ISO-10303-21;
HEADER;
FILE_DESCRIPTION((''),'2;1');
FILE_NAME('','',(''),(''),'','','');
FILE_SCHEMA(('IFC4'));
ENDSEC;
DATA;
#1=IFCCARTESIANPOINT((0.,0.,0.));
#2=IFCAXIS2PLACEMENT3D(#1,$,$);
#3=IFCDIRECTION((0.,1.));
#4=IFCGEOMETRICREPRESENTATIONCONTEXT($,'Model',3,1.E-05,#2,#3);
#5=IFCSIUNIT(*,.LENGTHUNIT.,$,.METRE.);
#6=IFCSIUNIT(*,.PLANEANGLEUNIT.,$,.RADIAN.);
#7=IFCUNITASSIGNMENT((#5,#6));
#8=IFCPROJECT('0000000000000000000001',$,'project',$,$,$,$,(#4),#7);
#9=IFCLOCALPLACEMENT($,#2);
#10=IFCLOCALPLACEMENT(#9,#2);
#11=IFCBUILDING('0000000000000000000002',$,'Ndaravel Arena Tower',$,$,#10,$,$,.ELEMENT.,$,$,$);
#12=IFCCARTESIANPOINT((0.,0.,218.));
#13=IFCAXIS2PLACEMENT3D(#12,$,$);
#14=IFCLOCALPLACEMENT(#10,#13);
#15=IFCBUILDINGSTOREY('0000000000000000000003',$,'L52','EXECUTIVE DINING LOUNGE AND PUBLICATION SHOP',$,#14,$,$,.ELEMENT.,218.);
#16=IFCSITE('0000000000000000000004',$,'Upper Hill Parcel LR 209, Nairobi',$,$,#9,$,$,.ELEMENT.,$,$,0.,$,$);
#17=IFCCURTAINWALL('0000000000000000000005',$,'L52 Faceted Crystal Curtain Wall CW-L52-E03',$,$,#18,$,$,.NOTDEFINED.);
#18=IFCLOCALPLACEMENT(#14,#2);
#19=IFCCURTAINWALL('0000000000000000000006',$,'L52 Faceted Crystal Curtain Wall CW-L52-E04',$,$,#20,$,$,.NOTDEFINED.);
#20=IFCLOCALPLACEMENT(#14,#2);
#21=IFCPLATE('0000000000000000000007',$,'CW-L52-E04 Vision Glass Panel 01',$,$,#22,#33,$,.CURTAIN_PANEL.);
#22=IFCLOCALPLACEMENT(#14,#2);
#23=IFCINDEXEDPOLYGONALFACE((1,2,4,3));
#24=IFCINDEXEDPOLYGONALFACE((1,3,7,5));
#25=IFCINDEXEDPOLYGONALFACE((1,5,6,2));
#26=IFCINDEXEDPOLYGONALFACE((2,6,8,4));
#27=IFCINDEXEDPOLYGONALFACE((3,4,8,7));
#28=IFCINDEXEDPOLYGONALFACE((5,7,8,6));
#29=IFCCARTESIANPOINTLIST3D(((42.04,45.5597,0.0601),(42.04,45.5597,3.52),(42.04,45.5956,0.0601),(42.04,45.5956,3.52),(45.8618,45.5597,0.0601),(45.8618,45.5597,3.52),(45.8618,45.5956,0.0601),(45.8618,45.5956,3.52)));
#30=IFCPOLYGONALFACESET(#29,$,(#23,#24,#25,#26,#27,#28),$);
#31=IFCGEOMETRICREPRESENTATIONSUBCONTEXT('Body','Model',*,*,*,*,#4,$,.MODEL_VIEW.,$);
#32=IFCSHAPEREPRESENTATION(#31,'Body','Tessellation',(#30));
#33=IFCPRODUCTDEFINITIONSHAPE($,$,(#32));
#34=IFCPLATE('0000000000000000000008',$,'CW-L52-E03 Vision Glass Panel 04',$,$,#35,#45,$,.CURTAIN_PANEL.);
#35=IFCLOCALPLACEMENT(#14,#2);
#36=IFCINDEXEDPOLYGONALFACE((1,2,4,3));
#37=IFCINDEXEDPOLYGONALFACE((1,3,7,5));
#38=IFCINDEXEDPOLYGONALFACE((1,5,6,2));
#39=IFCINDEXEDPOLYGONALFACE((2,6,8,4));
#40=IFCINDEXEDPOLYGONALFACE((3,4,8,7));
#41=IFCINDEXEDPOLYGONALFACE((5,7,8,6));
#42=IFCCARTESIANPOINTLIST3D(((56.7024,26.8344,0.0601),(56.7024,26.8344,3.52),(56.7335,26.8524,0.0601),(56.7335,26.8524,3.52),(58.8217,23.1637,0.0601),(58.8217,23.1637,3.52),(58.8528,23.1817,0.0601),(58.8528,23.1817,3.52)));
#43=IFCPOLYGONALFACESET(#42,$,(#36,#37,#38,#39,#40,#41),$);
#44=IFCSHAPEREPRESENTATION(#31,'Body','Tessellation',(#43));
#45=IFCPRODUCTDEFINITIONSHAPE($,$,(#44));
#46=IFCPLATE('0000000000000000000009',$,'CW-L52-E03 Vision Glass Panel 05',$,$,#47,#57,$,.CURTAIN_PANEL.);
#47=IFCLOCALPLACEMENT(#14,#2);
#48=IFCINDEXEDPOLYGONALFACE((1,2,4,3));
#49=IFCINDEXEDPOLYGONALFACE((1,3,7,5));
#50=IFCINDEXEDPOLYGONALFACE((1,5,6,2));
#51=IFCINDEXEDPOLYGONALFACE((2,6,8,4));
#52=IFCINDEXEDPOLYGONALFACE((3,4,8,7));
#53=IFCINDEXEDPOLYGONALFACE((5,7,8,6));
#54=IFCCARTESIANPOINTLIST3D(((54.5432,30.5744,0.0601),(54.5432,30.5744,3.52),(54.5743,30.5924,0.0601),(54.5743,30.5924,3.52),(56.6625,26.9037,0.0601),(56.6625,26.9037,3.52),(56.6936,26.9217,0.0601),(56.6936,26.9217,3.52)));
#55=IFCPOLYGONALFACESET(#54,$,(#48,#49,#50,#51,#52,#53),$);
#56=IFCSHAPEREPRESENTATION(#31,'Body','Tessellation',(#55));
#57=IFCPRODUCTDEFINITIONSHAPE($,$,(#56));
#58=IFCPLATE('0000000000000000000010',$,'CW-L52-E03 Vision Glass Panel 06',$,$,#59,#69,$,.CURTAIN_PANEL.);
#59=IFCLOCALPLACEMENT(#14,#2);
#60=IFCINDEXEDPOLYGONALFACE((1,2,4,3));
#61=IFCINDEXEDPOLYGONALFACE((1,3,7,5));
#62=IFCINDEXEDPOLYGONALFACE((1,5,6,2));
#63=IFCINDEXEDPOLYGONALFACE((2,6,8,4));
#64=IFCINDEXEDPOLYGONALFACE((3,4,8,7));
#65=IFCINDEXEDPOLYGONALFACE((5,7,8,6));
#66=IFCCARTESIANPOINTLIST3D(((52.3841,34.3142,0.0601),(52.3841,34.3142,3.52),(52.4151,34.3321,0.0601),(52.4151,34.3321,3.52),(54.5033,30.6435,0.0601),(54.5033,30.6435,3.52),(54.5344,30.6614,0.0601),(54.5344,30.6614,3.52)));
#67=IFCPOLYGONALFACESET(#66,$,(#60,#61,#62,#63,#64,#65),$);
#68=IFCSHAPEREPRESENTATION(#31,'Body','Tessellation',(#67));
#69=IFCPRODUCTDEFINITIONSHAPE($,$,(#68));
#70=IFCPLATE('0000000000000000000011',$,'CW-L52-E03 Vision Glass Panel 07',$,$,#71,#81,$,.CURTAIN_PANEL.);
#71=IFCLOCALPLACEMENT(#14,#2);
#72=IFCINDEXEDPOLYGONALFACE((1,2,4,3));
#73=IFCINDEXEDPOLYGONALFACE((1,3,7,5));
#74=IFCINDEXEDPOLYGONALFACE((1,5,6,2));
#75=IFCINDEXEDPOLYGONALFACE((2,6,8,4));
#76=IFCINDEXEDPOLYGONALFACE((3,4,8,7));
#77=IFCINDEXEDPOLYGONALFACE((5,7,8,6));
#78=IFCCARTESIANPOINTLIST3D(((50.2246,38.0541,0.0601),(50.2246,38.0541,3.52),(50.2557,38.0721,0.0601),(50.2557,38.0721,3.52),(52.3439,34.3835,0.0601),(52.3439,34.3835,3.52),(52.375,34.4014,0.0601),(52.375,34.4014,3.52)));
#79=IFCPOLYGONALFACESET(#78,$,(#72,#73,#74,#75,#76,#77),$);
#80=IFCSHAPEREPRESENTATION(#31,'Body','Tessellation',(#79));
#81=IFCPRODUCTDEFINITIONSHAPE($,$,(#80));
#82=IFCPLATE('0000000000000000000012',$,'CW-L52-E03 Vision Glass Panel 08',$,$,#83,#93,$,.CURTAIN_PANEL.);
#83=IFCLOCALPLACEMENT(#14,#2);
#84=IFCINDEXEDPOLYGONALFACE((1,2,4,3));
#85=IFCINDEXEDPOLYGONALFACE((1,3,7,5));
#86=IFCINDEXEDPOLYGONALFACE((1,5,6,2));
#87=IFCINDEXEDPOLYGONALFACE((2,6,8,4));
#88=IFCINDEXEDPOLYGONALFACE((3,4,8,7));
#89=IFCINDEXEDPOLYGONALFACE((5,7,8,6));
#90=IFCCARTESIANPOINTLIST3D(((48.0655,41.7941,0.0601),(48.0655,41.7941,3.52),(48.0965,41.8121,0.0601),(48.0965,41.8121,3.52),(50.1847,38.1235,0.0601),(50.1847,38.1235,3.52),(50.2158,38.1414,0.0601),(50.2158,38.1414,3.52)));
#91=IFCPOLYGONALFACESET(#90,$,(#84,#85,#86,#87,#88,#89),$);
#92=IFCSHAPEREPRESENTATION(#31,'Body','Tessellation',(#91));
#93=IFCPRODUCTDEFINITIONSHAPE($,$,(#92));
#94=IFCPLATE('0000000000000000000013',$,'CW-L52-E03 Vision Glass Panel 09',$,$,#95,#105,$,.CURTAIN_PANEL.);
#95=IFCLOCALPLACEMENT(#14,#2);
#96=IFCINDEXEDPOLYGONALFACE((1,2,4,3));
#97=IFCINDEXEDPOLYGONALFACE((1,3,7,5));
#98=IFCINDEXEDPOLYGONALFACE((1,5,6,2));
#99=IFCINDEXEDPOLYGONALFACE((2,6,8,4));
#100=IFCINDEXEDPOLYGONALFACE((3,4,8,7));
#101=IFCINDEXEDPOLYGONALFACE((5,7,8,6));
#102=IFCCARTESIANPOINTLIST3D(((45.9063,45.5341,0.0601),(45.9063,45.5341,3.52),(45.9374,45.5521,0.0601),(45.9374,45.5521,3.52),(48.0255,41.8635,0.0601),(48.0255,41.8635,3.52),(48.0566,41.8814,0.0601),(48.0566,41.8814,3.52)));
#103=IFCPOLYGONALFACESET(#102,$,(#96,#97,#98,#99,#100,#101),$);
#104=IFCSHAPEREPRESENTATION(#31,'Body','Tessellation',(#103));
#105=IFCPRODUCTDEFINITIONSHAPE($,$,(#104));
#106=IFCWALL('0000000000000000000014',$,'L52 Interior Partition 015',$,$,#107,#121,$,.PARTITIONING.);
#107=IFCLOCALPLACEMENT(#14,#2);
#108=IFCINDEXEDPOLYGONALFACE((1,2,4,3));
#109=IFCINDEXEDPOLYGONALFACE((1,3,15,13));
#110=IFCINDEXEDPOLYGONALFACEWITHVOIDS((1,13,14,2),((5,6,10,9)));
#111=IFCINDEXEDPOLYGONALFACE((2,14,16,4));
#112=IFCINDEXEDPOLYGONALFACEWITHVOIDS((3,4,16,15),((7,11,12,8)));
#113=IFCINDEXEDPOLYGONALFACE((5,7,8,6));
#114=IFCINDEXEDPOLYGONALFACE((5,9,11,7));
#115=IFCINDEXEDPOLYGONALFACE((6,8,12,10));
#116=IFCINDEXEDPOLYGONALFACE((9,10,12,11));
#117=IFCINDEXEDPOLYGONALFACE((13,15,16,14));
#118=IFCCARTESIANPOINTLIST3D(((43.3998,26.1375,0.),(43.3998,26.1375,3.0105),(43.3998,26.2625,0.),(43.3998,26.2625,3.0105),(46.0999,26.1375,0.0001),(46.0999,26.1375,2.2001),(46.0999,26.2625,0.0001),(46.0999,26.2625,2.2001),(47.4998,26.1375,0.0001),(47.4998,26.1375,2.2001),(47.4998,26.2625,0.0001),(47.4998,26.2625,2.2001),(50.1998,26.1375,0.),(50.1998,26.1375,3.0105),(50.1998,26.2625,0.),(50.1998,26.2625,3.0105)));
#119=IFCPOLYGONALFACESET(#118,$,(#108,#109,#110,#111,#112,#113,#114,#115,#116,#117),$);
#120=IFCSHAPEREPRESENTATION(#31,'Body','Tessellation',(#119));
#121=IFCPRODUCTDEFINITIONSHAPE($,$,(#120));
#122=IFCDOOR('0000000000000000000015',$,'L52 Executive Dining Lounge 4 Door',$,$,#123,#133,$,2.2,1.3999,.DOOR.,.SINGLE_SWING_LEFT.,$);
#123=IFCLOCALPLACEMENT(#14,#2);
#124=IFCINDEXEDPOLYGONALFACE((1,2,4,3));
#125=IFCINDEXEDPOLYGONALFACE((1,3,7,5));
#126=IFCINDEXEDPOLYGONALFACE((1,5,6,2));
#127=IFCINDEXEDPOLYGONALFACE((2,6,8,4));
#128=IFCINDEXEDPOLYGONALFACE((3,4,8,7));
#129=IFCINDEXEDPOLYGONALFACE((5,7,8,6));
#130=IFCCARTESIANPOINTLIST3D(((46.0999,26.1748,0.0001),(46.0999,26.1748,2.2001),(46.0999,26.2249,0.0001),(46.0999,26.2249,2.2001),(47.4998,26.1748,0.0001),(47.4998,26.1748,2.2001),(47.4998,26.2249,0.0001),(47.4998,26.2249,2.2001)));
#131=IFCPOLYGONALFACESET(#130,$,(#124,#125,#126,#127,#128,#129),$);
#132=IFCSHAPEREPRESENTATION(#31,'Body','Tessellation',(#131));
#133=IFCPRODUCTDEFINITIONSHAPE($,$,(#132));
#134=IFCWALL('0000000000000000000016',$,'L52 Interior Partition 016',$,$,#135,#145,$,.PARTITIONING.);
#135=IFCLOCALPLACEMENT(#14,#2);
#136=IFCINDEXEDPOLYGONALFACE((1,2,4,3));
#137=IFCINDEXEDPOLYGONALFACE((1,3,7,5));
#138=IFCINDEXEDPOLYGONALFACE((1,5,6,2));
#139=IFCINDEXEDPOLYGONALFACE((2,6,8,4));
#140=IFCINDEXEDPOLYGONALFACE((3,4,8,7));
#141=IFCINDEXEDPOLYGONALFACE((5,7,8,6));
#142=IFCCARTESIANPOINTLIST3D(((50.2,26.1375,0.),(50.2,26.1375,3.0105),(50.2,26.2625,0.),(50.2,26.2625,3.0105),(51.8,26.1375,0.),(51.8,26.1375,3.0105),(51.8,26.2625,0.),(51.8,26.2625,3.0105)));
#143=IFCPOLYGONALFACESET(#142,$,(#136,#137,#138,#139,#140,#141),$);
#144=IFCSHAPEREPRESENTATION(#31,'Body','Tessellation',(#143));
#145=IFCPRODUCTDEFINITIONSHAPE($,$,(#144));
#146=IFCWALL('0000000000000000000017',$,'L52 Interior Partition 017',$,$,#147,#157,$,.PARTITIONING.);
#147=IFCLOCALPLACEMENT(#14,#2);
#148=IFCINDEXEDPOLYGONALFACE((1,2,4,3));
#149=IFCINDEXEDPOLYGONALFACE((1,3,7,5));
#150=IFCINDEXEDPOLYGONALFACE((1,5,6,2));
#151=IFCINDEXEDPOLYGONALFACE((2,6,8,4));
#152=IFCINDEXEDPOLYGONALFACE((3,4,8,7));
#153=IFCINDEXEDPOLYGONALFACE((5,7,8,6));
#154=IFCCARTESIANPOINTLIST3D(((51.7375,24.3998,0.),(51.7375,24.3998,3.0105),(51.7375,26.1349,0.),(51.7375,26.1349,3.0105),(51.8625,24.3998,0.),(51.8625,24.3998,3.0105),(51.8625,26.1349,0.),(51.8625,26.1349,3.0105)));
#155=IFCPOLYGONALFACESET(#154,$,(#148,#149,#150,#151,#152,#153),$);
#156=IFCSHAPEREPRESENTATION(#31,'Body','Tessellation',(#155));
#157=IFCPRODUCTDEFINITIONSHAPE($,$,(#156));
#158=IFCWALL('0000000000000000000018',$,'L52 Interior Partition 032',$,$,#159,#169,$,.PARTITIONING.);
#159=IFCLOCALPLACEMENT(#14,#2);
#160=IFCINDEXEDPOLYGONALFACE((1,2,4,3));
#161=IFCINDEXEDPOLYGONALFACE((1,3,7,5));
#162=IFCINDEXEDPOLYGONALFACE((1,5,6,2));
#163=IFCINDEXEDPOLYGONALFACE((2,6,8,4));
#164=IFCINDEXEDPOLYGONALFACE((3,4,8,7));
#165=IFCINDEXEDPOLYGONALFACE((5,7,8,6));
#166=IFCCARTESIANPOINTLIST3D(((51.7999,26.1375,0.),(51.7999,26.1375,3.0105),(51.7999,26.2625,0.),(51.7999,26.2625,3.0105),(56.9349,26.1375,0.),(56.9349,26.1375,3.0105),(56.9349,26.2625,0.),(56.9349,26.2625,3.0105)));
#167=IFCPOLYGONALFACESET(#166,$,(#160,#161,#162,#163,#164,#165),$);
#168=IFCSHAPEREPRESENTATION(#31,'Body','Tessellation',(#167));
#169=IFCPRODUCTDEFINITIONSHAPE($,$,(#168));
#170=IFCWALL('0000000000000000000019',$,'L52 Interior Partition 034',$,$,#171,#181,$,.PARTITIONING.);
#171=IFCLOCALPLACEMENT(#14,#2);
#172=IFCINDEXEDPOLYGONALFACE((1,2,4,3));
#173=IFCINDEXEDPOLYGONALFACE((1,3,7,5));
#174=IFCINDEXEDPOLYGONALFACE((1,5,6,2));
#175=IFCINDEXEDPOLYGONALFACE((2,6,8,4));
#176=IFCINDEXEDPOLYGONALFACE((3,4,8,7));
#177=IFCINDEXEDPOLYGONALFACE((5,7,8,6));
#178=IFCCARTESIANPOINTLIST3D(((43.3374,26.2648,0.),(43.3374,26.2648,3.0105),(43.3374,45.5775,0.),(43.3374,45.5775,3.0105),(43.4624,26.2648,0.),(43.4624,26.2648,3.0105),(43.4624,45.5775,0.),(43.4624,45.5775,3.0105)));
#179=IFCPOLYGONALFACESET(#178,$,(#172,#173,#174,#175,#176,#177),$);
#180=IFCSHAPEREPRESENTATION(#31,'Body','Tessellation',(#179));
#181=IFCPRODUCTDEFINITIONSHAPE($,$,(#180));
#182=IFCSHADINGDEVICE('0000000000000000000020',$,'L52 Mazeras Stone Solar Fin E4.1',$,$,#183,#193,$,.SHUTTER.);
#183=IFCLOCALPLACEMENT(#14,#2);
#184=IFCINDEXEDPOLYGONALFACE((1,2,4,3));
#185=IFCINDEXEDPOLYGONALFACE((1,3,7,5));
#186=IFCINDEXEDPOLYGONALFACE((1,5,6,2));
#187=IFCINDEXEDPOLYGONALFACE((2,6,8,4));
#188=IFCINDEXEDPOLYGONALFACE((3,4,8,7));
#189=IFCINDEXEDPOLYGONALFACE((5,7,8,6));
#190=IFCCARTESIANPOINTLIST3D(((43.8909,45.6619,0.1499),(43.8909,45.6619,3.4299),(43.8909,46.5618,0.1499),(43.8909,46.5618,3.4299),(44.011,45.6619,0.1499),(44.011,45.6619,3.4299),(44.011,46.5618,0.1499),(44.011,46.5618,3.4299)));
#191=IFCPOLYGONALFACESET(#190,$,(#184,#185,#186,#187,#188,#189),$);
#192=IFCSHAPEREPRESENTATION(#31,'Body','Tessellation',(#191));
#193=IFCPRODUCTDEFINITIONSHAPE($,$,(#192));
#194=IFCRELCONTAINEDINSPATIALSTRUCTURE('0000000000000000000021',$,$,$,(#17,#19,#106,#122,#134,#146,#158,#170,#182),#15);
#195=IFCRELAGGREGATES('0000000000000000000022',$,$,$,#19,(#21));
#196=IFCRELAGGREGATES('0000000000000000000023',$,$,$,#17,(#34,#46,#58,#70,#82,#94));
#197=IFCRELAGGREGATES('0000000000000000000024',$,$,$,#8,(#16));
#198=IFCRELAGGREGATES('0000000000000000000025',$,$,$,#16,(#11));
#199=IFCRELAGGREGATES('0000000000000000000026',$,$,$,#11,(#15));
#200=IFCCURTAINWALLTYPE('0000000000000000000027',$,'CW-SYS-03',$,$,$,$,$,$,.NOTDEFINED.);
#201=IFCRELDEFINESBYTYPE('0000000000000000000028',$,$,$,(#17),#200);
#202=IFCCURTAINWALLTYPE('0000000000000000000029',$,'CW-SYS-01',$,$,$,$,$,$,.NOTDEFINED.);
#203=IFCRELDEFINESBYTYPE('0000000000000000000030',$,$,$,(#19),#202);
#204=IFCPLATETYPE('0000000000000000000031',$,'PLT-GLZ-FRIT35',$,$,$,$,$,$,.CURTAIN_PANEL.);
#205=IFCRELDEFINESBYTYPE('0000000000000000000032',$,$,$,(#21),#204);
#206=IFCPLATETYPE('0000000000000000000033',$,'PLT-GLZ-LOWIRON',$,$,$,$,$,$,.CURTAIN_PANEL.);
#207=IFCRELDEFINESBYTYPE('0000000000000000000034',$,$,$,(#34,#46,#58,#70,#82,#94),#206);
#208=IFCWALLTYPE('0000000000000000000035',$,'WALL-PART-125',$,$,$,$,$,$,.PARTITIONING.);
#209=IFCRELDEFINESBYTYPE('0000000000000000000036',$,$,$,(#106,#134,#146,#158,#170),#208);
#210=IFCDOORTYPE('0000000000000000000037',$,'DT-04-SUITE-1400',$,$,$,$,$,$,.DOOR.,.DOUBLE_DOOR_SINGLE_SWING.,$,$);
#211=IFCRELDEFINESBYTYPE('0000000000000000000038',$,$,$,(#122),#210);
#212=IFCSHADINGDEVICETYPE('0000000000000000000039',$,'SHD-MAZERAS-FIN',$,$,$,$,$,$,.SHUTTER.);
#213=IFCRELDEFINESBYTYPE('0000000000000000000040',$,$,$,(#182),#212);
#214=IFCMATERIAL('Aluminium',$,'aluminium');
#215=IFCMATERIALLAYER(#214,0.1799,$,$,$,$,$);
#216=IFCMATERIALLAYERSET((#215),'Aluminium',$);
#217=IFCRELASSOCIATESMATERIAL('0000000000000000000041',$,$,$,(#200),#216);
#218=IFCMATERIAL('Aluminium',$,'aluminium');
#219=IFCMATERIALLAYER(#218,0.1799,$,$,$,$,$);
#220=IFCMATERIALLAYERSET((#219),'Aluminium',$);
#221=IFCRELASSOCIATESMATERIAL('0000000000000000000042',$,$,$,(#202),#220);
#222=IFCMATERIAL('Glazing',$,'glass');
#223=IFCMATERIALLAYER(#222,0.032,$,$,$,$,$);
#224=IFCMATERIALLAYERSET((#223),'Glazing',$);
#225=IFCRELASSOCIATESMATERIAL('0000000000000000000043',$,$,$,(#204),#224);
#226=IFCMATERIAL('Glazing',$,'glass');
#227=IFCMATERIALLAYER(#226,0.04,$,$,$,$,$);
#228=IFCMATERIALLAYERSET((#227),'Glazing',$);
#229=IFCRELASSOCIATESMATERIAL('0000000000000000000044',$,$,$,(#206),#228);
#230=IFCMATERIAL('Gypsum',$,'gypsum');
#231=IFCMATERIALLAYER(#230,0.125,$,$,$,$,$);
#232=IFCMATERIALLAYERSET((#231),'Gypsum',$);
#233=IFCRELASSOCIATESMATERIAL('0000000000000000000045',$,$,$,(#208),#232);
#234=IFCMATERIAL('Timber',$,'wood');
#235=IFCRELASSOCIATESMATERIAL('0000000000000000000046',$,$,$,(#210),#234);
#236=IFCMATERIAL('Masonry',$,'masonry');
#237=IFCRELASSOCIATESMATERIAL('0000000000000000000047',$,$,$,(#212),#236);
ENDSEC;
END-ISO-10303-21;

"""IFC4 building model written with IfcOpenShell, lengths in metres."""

from ifc_helpers import new_model, si_unit, direction, frame, frame_2d, origin, origin_2d, place, context, subcontext, project, spatial, rectangle, extrude, material, layer, layer_set, type_object, element, fill, aggregate, save


model = new_model("IFC4")

# Units and contexts
model_context = context("Model", 3, precision=1e-05, world=origin(), true_north=direction((0.0, 1.0)))
body_context = subcontext(model_context, "Body", "Model", "MODEL_VIEW")
ifc_project = project(units=[si_unit("LENGTHUNIT", "METRE"), si_unit("PLANEANGLEUNIT", "RADIAN")], contexts=[model_context])

# Site, building, storey
site_placement = place(None, origin())
site = spatial("IfcSite", under=ifc_project, at=site_placement, Name="Upper Hill Parcel LR 209, Nairobi", CompositionType="ELEMENT", RefElevation=0.0)
building_placement = place(site_placement, origin())
building = spatial("IfcBuilding", under=site, at=building_placement, Name="Ndaravel Arena Tower", CompositionType="ELEMENT")
storey_placement = place(building_placement, frame((0.0, 0.0, 218.0)))
storey = spatial("IfcBuildingStorey", under=building, at=storey_placement, Name="L52", Description="EXECUTIVE DINING LOUNGE AND PUBLICATION SHOP", CompositionType="ELEMENT", Elevation=218.0)

# Curtain wall
ifc_material_1 = material(Name="Aluminium", Category="aluminium")
ifc_layer_1 = layer(ifc_material_1, 0.1799)
ifc_layer_set_1 = layer_set([ifc_layer_1], Name="Aluminium")
curtain_wall_type_1 = type_object("IfcCurtainWallType", Name="CW-SYS-03", PredefinedType="NOTDEFINED", material=ifc_layer_set_1)
curtain_wall_1_placement = place(storey_placement, origin())
curtain_wall_1 = element("IfcCurtainWall", 1, at=curtain_wall_1_placement, inside=storey, type_object=curtain_wall_type_1, Name="L52 Faceted Crystal Curtain Wall CW-L52-E03", PredefinedType="NOTDEFINED")

# Curtain wall, plate
ifc_material_2 = material(Name="Aluminium", Category="aluminium")
ifc_layer_2 = layer(ifc_material_2, 0.1799)
ifc_layer_set_2 = layer_set([ifc_layer_2], Name="Aluminium")
curtain_wall_type_2 = type_object("IfcCurtainWallType", Name="CW-SYS-01", PredefinedType="NOTDEFINED", material=ifc_layer_set_2)
curtain_wall_2_placement = place(storey_placement, origin())
curtain_wall_2 = element("IfcCurtainWall", 2, at=curtain_wall_2_placement, inside=storey, type_object=curtain_wall_type_2, Name="L52 Faceted Crystal Curtain Wall CW-L52-E04", PredefinedType="NOTDEFINED")
ifc_material_3 = material(Name="Glazing", Category="glass")
ifc_layer_3 = layer(ifc_material_3, 0.032)
ifc_layer_set_3 = layer_set([ifc_layer_3], Name="Glazing")
plate_type_1 = type_object("IfcPlateType", Name="PLT-GLZ-FRIT35", PredefinedType="CURTAIN_PANEL", material=ifc_layer_set_3)
plate_1_placement = place(storey_placement, frame((43.9509, 45.5776, 0.0601), z_axis=(0.0, 0.0, 1.0), x_axis=(-1.0, 0.0, 0.0)))
plate_1 = element("IfcPlate", 3, at=plate_1_placement, type_object=plate_type_1, Name="CW-L52-E04 Vision Glass Panel 01", PredefinedType="CURTAIN_PANEL", context=body_context, shape_type="SweptSolid", body=[
    extrude(rectangle(XDim=3.8218, YDim=0.0359, at=origin_2d()), origin(), (0.0, 0.0, 1.0), 3.46),
])
aggregate(curtain_wall_2, [plate_1])

# Plates
ifc_material_4 = material(Name="Glazing", Category="glass")
ifc_layer_4 = layer(ifc_material_4, 0.04)
ifc_layer_set_4 = layer_set([ifc_layer_4], Name="Glazing")
plate_type_2 = type_object("IfcPlateType", Name="PLT-GLZ-LOWIRON", PredefinedType="CURTAIN_PANEL", material=ifc_layer_set_4)
plate_2_placement = place(storey_placement, frame((57.7776, 25.0081, 0.0601), z_axis=(0.0, 0.0, 1.0), x_axis=(-0.5, 0.866025, 0.0)))
plate_2 = element("IfcPlate", 4, at=plate_2_placement, type_object=plate_type_2, Name="CW-L52-E03 Vision Glass Panel 04", PredefinedType="CURTAIN_PANEL", context=body_context, shape_type="SweptSolid", body=[
    extrude(rectangle(XDim=4.2385, YDim=0.0359, at=origin_2d()), origin(), (0.0, 0.0, 1.0), 3.46),
])
plate_3_placement = place(storey_placement, frame((55.6184, 28.748, 0.0601), z_axis=(0.0, 0.0, 1.0), x_axis=(-0.5, 0.866025, 0.0)))
plate_3 = element("IfcPlate", 5, at=plate_3_placement, type_object=plate_type_2, Name="CW-L52-E03 Vision Glass Panel 05", PredefinedType="CURTAIN_PANEL", context=body_context, shape_type="SweptSolid", body=[
    extrude(rectangle(XDim=4.2385, YDim=0.0359, at=origin_2d()), origin(), (0.0, 0.0, 1.0), 3.46),
])
plate_4_placement = place(storey_placement, frame((53.4592, 32.4878, 0.0601), z_axis=(0.0, 0.0, 1.0), x_axis=(-0.5, 0.866025, 0.0)))
plate_4 = element("IfcPlate", 6, at=plate_4_placement, type_object=plate_type_2, Name="CW-L52-E03 Vision Glass Panel 06", PredefinedType="CURTAIN_PANEL", context=body_context, shape_type="SweptSolid", body=[
    extrude(rectangle(XDim=4.2385, YDim=0.0359, at=origin_2d()), origin(), (0.0, 0.0, 1.0), 3.46),
])
plate_5_placement = place(storey_placement, frame((51.2998, 36.2278, 0.0601), z_axis=(0.0, 0.0, 1.0), x_axis=(-0.5, 0.866025, 0.0)))
plate_5 = element("IfcPlate", 7, at=plate_5_placement, type_object=plate_type_2, Name="CW-L52-E03 Vision Glass Panel 07", PredefinedType="CURTAIN_PANEL", context=body_context, shape_type="SweptSolid", body=[
    extrude(rectangle(XDim=4.2385, YDim=0.0359, at=origin_2d()), origin(), (0.0, 0.0, 1.0), 3.46),
])
plate_6_placement = place(storey_placement, frame((49.1406, 39.9678, 0.0601), z_axis=(0.0, 0.0, 1.0), x_axis=(-0.5, 0.866025, 0.0)))
plate_6 = element("IfcPlate", 8, at=plate_6_placement, type_object=plate_type_2, Name="CW-L52-E03 Vision Glass Panel 08", PredefinedType="CURTAIN_PANEL", context=body_context, shape_type="SweptSolid", body=[
    extrude(rectangle(XDim=4.2385, YDim=0.0359, at=origin_2d()), origin(), (0.0, 0.0, 1.0), 3.46),
])
plate_7_placement = place(storey_placement, frame((46.9814, 43.7078, 0.0601), z_axis=(0.0, 0.0, 1.0), x_axis=(-0.5, 0.866025, 0.0)))
plate_7 = element("IfcPlate", 9, at=plate_7_placement, type_object=plate_type_2, Name="CW-L52-E03 Vision Glass Panel 09", PredefinedType="CURTAIN_PANEL", context=body_context, shape_type="SweptSolid", body=[
    extrude(rectangle(XDim=4.2385, YDim=0.0359, at=origin_2d()), origin(), (0.0, 0.0, 1.0), 3.46),
])
aggregate(curtain_wall_1, [plate_2, plate_3, plate_4, plate_5, plate_6, plate_7])

# Wall, opening, door
ifc_material_5 = material(Name="Gypsum", Category="gypsum")
ifc_layer_5 = layer(ifc_material_5, 0.125)
ifc_layer_set_5 = layer_set([ifc_layer_5], Name="Gypsum")
wall_type = type_object("IfcWallType", Name="WALL-PART-125", PredefinedType="PARTITIONING", material=ifc_layer_set_5)
wall_1_placement = place(storey_placement, frame((43.3999, 26.2, 0.0), z_axis=(0.0, 0.0, 1.0), x_axis=(1.0, 0.0, 0.0)))
wall_1 = element("IfcWall", 10, at=wall_1_placement, inside=storey, type_object=wall_type, Name="L52 Interior Partition 015", PredefinedType="PARTITIONING", context=body_context, shape_type="SweptSolid", body=[
    extrude(rectangle(XDim=6.8, YDim=0.125, at=frame_2d((3.3999, 0.0))), origin(), (0.0, 0.0, 1.0), 3.0105),
])
opening_placement = place(wall_1_placement, frame((2.7, 0.0, 0.0)))
opening = element("IfcOpeningElement", 11, at=opening_placement, cuts=wall_1, PredefinedType="OPENING", context=body_context, shape_type="SweptSolid", body=[
    extrude(rectangle(XDim=1.3999, YDim=2.2, at=frame_2d((0.7, 1.1001))), frame((0.0, 0.0625, 0.0), z_axis=(0.0, -1.0, 0.0), x_axis=(1.0, 0.0, 0.0)), (0.0, 0.0, 1.0), 0.125),
])
ifc_material_6 = material(Name="Timber", Category="wood")
door_type = type_object("IfcDoorType", Name="DT-04-SUITE-1400", OperationType="DOUBLE_DOOR_SINGLE_SWING", PredefinedType="DOOR", material=ifc_material_6)
door_placement = place(opening_placement, origin())
door = element("IfcDoor", 12, at=door_placement, inside=storey, type_object=door_type, Name="L52 Executive Dining Lounge 4 Door", OperationType="SINGLE_SWING_LEFT", OverallHeight=2.2, OverallWidth=1.3999, PredefinedType="DOOR", context=body_context, shape_type="SweptSolid", body=[
    extrude(rectangle(XDim=1.3999, YDim=2.2, at=frame_2d((0.7, 1.1001))), frame((0.0, 0.0249, 0.0), z_axis=(0.0, -1.0, 0.0), x_axis=(1.0, 0.0, 0.0)), (0.0, 0.0, 1.0), 0.05),
])
fill(opening, door)

# Walls
wall_2_placement = place(storey_placement, frame((50.2, 26.2, 0.0), z_axis=(0.0, 0.0, 1.0), x_axis=(1.0, 0.0, 0.0)))
element("IfcWall", 13, at=wall_2_placement, inside=storey, type_object=wall_type, Name="L52 Interior Partition 016", PredefinedType="PARTITIONING", context=body_context, shape_type="SweptSolid", body=[
    extrude(rectangle(XDim=1.6001, YDim=0.125, at=frame_2d((0.8, 0.0))), origin(), (0.0, 0.0, 1.0), 3.0105),
])
wall_3_placement = place(storey_placement, frame((51.8, 26.135, 0.0), z_axis=(0.0, 0.0, 1.0), x_axis=(0.0, -1.0, 0.0)))
element("IfcWall", 14, at=wall_3_placement, inside=storey, type_object=wall_type, Name="L52 Interior Partition 017", PredefinedType="PARTITIONING", context=body_context, shape_type="SweptSolid", body=[
    extrude(rectangle(XDim=1.7351, YDim=0.125, at=frame_2d((0.8677, 0.0))), origin(), (0.0, 0.0, 1.0), 3.0105),
])
wall_4_placement = place(storey_placement, frame((51.8, 26.2, 0.0), z_axis=(0.0, 0.0, 1.0), x_axis=(1.0, 0.0, 0.0)))
element("IfcWall", 15, at=wall_4_placement, inside=storey, type_object=wall_type, Name="L52 Interior Partition 032", PredefinedType="PARTITIONING", context=body_context, shape_type="SweptSolid", body=[
    extrude(rectangle(XDim=5.135, YDim=0.125, at=frame_2d((2.5674, 0.0))), origin(), (0.0, 0.0, 1.0), 3.0105),
])
wall_5_placement = place(storey_placement, frame((43.3999, 26.2649, 0.0), z_axis=(0.0, 0.0, 1.0), x_axis=(0.0, 1.0, 0.0)))
element("IfcWall", 16, at=wall_5_placement, inside=storey, type_object=wall_type, Name="L52 Interior Partition 034", PredefinedType="PARTITIONING", context=body_context, shape_type="SweptSolid", body=[
    extrude(rectangle(XDim=19.3127, YDim=0.125, at=frame_2d((9.6562, 0.0))), origin(), (0.0, 0.0, 1.0), 3.0105),
])

# Shading device
ifc_material_7 = material(Name="Masonry", Category="masonry")
shading_device_type = type_object("IfcShadingDeviceType", Name="SHD-MAZERAS-FIN", PredefinedType="SHUTTER", material=ifc_material_7)
shading_device_placement = place(storey_placement, frame((43.9509, 46.1118, 0.1499), z_axis=(0.0, 0.0, 1.0), x_axis=(0.0, 1.0, 0.0)))
element("IfcShadingDevice", 17, at=shading_device_placement, inside=storey, type_object=shading_device_type, Name="L52 Mazeras Stone Solar Fin E4.1", PredefinedType="SHUTTER", context=body_context, shape_type="SweptSolid", body=[
    extrude(rectangle(XDim=0.8999, YDim=0.1201, at=origin_2d()), origin(), (0.0, 0.0, 1.0), 3.28),
])

save(model, "model.ifc")
